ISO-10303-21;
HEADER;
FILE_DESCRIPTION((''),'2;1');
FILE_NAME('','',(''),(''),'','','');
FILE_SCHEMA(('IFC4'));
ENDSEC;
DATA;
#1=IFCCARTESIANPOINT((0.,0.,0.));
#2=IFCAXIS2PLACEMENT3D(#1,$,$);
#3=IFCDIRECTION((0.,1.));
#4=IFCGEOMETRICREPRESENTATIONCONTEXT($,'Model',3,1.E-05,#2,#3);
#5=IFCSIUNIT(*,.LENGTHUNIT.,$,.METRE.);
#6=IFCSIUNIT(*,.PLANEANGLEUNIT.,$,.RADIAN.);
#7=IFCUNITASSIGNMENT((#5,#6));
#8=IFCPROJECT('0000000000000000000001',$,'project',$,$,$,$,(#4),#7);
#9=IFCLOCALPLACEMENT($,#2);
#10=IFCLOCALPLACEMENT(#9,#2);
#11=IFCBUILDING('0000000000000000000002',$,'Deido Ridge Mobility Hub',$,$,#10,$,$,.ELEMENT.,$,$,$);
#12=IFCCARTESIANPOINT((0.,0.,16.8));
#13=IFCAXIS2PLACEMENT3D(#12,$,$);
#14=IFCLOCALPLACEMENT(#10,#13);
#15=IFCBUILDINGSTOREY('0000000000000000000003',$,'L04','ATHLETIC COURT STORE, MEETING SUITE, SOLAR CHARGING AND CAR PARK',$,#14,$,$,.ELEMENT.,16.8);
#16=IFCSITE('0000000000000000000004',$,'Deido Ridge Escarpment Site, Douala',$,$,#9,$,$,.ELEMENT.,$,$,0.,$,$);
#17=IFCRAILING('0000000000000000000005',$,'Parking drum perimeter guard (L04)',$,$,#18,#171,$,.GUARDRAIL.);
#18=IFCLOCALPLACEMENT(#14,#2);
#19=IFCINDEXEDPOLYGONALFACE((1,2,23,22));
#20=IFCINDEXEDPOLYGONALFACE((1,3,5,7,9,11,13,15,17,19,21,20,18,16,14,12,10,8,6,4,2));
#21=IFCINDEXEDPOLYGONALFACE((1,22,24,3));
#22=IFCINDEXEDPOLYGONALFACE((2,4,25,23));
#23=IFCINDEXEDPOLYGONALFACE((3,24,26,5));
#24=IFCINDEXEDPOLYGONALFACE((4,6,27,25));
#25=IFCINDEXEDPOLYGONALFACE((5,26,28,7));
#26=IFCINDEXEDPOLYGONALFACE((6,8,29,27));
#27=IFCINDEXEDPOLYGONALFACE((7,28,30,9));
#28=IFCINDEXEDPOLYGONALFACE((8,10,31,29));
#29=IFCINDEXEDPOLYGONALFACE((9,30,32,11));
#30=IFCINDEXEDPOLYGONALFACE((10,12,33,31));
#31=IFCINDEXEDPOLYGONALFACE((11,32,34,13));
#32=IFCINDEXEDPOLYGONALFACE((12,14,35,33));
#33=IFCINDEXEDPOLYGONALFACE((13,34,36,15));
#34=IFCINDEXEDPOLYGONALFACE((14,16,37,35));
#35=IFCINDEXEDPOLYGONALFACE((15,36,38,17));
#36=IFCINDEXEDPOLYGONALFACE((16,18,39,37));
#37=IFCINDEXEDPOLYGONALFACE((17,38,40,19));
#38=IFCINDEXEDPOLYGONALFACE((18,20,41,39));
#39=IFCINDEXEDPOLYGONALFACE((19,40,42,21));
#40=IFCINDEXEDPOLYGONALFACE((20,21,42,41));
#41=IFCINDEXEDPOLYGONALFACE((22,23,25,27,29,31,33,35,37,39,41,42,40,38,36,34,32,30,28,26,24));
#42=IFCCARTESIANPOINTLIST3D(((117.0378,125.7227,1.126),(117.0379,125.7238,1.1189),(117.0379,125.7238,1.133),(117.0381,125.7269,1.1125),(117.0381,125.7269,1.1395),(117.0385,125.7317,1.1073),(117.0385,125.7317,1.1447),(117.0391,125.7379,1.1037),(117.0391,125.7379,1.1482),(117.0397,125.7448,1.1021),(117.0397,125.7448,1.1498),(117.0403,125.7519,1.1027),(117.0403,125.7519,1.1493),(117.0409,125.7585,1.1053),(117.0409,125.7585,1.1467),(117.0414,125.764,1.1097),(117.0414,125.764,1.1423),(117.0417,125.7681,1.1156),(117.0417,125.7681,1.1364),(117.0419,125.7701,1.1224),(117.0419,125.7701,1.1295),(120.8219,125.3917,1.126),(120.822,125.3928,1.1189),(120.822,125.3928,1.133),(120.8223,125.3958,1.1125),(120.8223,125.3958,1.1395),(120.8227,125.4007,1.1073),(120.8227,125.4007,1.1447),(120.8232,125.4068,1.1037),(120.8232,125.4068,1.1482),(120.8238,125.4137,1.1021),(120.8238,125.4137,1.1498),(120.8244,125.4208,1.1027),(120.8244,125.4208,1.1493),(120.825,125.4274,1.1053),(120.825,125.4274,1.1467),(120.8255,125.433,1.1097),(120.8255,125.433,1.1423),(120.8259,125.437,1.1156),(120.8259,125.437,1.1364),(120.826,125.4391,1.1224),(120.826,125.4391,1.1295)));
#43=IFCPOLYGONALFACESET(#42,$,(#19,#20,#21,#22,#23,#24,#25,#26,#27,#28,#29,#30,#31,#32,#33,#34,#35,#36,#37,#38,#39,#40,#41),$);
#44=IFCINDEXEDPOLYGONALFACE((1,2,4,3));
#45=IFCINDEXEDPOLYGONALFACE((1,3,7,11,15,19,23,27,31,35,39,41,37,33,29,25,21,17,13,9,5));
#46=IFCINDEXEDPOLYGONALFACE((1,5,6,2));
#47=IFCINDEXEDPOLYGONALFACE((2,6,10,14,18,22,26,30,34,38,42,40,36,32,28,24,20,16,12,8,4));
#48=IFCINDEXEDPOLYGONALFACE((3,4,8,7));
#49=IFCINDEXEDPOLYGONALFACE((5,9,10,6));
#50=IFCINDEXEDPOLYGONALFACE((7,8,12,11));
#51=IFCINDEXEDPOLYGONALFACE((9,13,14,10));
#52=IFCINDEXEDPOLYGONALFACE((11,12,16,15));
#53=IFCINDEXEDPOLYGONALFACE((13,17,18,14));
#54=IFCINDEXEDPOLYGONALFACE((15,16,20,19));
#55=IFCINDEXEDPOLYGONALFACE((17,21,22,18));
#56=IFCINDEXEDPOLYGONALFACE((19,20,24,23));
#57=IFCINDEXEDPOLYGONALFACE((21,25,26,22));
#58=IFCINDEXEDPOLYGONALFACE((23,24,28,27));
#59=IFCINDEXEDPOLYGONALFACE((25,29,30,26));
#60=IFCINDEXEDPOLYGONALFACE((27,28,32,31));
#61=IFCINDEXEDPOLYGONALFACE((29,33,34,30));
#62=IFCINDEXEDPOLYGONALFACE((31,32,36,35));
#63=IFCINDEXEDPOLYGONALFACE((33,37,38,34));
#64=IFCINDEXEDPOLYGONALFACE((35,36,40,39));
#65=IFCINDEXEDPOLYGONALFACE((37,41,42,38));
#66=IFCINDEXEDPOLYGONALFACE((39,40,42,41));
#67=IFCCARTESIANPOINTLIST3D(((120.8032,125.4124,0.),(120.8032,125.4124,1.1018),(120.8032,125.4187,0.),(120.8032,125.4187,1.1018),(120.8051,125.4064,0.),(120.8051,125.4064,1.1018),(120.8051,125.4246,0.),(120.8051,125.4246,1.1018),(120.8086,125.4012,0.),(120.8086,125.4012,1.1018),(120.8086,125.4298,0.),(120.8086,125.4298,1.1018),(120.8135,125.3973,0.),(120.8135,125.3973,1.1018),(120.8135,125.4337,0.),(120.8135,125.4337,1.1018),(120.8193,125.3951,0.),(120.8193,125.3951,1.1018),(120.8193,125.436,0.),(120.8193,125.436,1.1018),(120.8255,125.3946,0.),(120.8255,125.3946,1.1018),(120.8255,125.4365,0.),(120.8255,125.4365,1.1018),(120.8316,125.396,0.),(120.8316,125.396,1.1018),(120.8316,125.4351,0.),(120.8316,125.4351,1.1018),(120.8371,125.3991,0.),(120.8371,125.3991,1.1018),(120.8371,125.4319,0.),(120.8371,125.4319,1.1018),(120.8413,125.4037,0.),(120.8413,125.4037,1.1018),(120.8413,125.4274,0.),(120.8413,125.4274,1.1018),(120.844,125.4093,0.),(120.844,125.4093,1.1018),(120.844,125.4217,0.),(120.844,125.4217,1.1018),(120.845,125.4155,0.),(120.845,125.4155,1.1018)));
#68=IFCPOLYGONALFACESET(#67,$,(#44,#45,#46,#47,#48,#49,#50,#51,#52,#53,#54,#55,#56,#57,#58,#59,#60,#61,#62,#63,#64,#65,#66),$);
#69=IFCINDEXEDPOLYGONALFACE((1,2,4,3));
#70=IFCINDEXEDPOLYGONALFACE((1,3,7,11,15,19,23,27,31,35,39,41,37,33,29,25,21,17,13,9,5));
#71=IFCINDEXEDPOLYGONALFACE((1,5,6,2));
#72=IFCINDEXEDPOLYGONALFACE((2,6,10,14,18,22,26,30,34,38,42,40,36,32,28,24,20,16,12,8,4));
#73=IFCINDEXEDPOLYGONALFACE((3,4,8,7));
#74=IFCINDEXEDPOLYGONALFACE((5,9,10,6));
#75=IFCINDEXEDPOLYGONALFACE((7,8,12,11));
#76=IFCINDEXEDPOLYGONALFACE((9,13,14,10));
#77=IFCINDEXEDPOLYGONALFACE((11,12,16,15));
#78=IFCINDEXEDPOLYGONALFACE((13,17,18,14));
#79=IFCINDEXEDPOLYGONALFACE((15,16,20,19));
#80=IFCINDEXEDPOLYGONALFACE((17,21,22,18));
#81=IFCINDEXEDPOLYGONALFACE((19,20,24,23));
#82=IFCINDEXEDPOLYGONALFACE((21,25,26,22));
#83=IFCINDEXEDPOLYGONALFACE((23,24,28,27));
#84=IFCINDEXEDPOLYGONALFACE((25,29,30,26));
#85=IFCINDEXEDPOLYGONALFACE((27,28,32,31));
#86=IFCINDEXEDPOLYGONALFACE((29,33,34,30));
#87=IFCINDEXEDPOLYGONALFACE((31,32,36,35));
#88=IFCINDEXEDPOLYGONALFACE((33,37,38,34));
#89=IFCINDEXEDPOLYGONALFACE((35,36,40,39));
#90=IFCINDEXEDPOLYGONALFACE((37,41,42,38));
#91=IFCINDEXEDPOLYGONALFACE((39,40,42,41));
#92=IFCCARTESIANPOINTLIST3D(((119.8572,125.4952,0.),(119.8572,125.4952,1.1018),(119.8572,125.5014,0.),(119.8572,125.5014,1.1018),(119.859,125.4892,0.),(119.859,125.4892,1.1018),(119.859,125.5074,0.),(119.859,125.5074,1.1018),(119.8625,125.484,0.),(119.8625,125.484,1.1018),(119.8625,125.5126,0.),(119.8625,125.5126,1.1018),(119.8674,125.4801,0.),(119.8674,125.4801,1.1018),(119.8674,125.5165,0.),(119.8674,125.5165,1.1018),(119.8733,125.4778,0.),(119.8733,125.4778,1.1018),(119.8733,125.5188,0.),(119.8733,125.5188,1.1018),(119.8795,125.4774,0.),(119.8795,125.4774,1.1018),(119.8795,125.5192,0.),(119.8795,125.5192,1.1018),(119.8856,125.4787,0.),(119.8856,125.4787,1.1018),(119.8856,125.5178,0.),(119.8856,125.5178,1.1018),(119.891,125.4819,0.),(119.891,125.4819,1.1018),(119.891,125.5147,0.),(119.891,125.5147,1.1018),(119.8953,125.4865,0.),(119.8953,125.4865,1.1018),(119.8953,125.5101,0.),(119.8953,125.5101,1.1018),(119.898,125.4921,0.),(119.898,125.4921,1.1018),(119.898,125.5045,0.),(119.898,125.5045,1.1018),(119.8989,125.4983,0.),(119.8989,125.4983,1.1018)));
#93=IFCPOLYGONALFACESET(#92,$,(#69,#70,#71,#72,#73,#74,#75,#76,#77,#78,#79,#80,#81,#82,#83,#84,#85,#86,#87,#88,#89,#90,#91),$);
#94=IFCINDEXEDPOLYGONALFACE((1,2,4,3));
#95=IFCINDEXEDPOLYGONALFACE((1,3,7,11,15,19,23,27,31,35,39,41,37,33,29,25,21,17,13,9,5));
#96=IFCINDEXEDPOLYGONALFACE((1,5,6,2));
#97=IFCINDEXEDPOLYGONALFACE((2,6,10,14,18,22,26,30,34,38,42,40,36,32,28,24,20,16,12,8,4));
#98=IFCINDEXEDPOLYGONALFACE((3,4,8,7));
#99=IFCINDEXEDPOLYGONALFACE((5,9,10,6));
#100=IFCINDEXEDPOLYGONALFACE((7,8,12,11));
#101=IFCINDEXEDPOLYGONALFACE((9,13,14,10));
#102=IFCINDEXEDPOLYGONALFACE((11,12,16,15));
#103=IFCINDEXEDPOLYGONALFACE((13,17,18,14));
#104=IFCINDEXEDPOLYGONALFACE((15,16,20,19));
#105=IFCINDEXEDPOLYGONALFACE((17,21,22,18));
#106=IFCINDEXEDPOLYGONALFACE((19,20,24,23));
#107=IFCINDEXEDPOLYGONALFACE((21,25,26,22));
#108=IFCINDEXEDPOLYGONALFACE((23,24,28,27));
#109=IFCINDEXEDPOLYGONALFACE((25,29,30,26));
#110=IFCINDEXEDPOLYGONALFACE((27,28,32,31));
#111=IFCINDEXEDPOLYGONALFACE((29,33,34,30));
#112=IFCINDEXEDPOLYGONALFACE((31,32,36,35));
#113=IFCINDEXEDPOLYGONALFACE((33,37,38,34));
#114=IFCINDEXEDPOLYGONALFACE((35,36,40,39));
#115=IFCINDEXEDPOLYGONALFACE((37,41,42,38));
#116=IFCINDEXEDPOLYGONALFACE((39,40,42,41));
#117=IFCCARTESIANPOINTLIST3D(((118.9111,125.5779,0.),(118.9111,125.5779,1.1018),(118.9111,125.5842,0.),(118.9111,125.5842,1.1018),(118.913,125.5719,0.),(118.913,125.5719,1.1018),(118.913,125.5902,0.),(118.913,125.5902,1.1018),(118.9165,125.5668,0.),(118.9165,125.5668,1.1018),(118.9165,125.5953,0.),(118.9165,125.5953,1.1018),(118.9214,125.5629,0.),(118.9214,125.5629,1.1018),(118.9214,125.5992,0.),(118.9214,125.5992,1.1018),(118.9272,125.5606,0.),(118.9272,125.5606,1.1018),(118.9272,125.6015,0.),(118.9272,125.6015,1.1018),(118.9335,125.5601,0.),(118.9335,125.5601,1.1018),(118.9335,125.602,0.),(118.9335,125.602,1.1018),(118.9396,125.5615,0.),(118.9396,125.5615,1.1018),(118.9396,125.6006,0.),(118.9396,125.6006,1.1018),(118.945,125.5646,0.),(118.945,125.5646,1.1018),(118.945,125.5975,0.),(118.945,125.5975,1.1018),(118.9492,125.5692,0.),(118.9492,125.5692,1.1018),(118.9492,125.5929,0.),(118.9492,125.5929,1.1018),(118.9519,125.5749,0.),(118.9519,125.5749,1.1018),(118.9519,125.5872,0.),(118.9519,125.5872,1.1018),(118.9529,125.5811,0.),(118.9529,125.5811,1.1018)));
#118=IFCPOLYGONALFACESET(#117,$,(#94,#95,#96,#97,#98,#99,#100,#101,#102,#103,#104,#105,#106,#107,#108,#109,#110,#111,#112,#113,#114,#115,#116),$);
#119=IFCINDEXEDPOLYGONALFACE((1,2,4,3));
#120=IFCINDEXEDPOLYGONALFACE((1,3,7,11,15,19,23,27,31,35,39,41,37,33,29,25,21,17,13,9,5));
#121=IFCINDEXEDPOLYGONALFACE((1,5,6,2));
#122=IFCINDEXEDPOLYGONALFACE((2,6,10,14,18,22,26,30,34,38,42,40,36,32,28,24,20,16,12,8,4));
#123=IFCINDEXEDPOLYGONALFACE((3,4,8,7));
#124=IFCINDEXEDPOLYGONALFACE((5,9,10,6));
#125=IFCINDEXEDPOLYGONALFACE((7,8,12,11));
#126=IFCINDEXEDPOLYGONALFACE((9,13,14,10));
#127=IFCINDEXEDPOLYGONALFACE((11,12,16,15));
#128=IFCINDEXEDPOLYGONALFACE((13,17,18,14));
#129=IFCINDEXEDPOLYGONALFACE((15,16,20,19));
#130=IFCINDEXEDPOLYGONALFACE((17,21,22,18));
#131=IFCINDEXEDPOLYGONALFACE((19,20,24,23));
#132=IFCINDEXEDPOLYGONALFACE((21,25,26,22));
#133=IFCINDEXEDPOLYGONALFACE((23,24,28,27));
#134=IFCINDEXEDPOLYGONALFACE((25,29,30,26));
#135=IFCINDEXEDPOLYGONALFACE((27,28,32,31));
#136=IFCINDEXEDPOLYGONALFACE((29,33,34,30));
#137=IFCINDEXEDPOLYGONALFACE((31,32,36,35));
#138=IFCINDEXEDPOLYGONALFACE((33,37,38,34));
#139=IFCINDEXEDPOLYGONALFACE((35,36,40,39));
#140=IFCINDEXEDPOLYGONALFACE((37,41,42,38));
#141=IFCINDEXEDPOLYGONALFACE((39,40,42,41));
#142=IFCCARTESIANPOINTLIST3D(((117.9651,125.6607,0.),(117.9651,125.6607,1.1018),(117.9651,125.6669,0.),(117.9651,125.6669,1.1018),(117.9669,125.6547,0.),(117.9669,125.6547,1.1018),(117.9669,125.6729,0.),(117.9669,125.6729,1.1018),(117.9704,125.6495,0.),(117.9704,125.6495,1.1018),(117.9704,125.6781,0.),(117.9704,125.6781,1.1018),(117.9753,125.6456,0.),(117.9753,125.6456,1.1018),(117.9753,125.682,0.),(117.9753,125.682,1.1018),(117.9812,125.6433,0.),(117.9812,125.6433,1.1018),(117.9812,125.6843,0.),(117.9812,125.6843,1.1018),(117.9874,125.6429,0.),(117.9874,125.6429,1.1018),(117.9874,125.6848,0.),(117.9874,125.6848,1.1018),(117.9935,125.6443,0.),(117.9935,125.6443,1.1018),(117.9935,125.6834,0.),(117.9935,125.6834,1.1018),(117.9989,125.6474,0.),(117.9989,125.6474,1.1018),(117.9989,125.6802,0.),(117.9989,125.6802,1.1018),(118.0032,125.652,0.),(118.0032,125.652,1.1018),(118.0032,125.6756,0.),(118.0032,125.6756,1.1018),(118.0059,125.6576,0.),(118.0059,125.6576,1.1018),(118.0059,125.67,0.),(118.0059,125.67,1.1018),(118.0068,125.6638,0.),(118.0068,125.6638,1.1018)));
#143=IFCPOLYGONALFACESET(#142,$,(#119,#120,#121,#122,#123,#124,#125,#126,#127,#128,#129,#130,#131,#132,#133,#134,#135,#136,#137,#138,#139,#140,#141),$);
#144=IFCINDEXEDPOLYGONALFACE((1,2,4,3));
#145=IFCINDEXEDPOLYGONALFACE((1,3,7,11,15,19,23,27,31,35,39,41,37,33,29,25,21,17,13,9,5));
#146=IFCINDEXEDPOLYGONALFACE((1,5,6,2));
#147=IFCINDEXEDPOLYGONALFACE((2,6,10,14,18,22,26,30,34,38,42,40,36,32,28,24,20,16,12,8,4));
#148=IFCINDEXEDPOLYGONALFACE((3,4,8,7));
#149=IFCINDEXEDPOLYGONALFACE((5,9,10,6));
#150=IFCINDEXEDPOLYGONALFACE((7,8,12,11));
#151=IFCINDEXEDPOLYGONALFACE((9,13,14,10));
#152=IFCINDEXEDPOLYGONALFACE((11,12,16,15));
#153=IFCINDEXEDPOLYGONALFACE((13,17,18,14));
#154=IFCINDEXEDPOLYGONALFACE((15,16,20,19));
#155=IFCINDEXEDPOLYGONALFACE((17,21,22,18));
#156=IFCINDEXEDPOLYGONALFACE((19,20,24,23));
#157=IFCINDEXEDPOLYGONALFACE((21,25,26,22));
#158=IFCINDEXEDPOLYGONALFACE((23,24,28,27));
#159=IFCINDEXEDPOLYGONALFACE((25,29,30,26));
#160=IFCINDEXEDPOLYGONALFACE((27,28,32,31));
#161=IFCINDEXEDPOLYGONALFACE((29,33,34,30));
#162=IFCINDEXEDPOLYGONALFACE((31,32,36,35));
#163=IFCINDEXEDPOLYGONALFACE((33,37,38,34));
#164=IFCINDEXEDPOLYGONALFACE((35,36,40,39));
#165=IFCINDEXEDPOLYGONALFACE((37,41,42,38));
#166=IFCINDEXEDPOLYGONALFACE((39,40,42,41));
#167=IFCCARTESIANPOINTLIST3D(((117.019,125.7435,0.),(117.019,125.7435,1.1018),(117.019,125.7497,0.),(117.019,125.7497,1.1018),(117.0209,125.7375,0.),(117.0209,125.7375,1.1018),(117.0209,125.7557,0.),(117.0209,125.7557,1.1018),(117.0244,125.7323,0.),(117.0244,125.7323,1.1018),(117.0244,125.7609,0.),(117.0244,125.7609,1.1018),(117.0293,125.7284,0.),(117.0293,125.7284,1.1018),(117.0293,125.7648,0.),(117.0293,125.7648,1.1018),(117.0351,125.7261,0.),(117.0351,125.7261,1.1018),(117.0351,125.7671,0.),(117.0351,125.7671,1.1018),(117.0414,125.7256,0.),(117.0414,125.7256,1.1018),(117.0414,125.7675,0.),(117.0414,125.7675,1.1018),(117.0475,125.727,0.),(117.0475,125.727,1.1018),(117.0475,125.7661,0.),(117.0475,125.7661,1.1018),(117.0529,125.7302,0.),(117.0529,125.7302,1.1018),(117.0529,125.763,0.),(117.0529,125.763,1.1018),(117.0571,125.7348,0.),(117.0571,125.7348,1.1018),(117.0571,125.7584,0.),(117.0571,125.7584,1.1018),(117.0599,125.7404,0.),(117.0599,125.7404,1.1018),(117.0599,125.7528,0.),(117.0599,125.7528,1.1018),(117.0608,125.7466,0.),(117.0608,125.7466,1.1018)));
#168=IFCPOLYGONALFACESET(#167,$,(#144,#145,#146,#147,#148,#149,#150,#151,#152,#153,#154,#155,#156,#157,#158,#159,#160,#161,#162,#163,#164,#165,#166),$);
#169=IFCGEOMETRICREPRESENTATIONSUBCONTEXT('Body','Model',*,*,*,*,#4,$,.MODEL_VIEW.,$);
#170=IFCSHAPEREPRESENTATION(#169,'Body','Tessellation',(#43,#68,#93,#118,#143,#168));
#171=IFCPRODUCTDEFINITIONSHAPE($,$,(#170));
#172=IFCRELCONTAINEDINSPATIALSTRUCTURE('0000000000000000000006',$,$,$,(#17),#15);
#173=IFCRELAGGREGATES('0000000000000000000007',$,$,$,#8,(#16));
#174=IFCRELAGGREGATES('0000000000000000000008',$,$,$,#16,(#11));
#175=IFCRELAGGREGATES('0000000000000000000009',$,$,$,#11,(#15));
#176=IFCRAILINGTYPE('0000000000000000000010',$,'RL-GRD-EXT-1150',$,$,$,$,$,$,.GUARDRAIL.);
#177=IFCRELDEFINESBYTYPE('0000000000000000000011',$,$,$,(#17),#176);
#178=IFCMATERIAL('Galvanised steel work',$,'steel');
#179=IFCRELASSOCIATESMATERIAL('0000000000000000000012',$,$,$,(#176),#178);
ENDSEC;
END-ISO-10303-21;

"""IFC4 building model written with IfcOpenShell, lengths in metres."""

from ifc_helpers import new_model, si_unit, direction, frame, origin, origin_2d, place, context, subcontext, project, spatial, circle, extrude, material, type_object, element, save


model = new_model("IFC4")

# Units and contexts
model_context = context("Model", 3, precision=1e-05, world=origin(), true_north=direction((0.0, 1.0)))
body_context = subcontext(model_context, "Body", "Model", "MODEL_VIEW")
ifc_project = project(units=[si_unit("LENGTHUNIT", "METRE"), si_unit("PLANEANGLEUNIT", "RADIAN")], contexts=[model_context])

# Site, building, storey
site_placement = place(None, origin())
site = spatial("IfcSite", under=ifc_project, at=site_placement, Name="Deido Ridge Escarpment Site, Douala", CompositionType="ELEMENT", RefElevation=0.0)
building_placement = place(site_placement, origin())
building = spatial("IfcBuilding", under=site, at=building_placement, Name="Deido Ridge Mobility Hub", CompositionType="ELEMENT")
storey_placement = place(building_placement, frame((0.0, 0.0, 16.8)))
storey = spatial("IfcBuildingStorey", under=building, at=storey_placement, Name="L04", Description="ATHLETIC COURT STORE, MEETING SUITE, SOLAR CHARGING AND CAR PARK", CompositionType="ELEMENT", Elevation=16.8)

# Railing
ifc_material_1 = material(Name="Galvanised steel work", Category="steel")
railing_type = type_object("IfcRailingType", Name="RL-GRD-EXT-1150", PredefinedType="GUARDRAIL", material=ifc_material_1)
railing_1_placement = place(storey_placement, frame((120.824, 125.4155, 0.0)))
element("IfcRailing", 1, at=railing_1_placement, inside=storey, type_object=railing_type, Name="Parking drum perimeter guard (L04)", PredefinedType="GUARDRAIL", context=body_context, shape_type="SweptSolid", body=[
    extrude(circle(Radius=0.0239, at=origin_2d()), frame((0.0, 0.0, 1.126), z_axis=(-0.996195, 0.087151, 0.0), x_axis=(-0.087151, -0.996195, 0.0)), (0.0, 0.0, 1.0), 3.7986),
    extrude(circle(Radius=0.021, at=origin_2d()), origin(), (0.0, 0.0, 1.0), 1.1018),
    extrude(circle(Radius=0.021, at=origin_2d()), frame((-0.946, 0.0828, 0.0)), (0.0, 0.0, 1.0), 1.1018),
    extrude(circle(Radius=0.021, at=origin_2d()), frame((-1.8921, 0.1655, 0.0)), (0.0, 0.0, 1.0), 1.1018),
    extrude(circle(Radius=0.021, at=origin_2d()), frame((-2.8381, 0.2483, 0.0)), (0.0, 0.0, 1.0), 1.1018),
    extrude(circle(Radius=0.021, at=origin_2d()), frame((-3.7842, 0.3311, 0.0)), (0.0, 0.0, 1.0), 1.1018),
])

save(model, "model.ifc")
